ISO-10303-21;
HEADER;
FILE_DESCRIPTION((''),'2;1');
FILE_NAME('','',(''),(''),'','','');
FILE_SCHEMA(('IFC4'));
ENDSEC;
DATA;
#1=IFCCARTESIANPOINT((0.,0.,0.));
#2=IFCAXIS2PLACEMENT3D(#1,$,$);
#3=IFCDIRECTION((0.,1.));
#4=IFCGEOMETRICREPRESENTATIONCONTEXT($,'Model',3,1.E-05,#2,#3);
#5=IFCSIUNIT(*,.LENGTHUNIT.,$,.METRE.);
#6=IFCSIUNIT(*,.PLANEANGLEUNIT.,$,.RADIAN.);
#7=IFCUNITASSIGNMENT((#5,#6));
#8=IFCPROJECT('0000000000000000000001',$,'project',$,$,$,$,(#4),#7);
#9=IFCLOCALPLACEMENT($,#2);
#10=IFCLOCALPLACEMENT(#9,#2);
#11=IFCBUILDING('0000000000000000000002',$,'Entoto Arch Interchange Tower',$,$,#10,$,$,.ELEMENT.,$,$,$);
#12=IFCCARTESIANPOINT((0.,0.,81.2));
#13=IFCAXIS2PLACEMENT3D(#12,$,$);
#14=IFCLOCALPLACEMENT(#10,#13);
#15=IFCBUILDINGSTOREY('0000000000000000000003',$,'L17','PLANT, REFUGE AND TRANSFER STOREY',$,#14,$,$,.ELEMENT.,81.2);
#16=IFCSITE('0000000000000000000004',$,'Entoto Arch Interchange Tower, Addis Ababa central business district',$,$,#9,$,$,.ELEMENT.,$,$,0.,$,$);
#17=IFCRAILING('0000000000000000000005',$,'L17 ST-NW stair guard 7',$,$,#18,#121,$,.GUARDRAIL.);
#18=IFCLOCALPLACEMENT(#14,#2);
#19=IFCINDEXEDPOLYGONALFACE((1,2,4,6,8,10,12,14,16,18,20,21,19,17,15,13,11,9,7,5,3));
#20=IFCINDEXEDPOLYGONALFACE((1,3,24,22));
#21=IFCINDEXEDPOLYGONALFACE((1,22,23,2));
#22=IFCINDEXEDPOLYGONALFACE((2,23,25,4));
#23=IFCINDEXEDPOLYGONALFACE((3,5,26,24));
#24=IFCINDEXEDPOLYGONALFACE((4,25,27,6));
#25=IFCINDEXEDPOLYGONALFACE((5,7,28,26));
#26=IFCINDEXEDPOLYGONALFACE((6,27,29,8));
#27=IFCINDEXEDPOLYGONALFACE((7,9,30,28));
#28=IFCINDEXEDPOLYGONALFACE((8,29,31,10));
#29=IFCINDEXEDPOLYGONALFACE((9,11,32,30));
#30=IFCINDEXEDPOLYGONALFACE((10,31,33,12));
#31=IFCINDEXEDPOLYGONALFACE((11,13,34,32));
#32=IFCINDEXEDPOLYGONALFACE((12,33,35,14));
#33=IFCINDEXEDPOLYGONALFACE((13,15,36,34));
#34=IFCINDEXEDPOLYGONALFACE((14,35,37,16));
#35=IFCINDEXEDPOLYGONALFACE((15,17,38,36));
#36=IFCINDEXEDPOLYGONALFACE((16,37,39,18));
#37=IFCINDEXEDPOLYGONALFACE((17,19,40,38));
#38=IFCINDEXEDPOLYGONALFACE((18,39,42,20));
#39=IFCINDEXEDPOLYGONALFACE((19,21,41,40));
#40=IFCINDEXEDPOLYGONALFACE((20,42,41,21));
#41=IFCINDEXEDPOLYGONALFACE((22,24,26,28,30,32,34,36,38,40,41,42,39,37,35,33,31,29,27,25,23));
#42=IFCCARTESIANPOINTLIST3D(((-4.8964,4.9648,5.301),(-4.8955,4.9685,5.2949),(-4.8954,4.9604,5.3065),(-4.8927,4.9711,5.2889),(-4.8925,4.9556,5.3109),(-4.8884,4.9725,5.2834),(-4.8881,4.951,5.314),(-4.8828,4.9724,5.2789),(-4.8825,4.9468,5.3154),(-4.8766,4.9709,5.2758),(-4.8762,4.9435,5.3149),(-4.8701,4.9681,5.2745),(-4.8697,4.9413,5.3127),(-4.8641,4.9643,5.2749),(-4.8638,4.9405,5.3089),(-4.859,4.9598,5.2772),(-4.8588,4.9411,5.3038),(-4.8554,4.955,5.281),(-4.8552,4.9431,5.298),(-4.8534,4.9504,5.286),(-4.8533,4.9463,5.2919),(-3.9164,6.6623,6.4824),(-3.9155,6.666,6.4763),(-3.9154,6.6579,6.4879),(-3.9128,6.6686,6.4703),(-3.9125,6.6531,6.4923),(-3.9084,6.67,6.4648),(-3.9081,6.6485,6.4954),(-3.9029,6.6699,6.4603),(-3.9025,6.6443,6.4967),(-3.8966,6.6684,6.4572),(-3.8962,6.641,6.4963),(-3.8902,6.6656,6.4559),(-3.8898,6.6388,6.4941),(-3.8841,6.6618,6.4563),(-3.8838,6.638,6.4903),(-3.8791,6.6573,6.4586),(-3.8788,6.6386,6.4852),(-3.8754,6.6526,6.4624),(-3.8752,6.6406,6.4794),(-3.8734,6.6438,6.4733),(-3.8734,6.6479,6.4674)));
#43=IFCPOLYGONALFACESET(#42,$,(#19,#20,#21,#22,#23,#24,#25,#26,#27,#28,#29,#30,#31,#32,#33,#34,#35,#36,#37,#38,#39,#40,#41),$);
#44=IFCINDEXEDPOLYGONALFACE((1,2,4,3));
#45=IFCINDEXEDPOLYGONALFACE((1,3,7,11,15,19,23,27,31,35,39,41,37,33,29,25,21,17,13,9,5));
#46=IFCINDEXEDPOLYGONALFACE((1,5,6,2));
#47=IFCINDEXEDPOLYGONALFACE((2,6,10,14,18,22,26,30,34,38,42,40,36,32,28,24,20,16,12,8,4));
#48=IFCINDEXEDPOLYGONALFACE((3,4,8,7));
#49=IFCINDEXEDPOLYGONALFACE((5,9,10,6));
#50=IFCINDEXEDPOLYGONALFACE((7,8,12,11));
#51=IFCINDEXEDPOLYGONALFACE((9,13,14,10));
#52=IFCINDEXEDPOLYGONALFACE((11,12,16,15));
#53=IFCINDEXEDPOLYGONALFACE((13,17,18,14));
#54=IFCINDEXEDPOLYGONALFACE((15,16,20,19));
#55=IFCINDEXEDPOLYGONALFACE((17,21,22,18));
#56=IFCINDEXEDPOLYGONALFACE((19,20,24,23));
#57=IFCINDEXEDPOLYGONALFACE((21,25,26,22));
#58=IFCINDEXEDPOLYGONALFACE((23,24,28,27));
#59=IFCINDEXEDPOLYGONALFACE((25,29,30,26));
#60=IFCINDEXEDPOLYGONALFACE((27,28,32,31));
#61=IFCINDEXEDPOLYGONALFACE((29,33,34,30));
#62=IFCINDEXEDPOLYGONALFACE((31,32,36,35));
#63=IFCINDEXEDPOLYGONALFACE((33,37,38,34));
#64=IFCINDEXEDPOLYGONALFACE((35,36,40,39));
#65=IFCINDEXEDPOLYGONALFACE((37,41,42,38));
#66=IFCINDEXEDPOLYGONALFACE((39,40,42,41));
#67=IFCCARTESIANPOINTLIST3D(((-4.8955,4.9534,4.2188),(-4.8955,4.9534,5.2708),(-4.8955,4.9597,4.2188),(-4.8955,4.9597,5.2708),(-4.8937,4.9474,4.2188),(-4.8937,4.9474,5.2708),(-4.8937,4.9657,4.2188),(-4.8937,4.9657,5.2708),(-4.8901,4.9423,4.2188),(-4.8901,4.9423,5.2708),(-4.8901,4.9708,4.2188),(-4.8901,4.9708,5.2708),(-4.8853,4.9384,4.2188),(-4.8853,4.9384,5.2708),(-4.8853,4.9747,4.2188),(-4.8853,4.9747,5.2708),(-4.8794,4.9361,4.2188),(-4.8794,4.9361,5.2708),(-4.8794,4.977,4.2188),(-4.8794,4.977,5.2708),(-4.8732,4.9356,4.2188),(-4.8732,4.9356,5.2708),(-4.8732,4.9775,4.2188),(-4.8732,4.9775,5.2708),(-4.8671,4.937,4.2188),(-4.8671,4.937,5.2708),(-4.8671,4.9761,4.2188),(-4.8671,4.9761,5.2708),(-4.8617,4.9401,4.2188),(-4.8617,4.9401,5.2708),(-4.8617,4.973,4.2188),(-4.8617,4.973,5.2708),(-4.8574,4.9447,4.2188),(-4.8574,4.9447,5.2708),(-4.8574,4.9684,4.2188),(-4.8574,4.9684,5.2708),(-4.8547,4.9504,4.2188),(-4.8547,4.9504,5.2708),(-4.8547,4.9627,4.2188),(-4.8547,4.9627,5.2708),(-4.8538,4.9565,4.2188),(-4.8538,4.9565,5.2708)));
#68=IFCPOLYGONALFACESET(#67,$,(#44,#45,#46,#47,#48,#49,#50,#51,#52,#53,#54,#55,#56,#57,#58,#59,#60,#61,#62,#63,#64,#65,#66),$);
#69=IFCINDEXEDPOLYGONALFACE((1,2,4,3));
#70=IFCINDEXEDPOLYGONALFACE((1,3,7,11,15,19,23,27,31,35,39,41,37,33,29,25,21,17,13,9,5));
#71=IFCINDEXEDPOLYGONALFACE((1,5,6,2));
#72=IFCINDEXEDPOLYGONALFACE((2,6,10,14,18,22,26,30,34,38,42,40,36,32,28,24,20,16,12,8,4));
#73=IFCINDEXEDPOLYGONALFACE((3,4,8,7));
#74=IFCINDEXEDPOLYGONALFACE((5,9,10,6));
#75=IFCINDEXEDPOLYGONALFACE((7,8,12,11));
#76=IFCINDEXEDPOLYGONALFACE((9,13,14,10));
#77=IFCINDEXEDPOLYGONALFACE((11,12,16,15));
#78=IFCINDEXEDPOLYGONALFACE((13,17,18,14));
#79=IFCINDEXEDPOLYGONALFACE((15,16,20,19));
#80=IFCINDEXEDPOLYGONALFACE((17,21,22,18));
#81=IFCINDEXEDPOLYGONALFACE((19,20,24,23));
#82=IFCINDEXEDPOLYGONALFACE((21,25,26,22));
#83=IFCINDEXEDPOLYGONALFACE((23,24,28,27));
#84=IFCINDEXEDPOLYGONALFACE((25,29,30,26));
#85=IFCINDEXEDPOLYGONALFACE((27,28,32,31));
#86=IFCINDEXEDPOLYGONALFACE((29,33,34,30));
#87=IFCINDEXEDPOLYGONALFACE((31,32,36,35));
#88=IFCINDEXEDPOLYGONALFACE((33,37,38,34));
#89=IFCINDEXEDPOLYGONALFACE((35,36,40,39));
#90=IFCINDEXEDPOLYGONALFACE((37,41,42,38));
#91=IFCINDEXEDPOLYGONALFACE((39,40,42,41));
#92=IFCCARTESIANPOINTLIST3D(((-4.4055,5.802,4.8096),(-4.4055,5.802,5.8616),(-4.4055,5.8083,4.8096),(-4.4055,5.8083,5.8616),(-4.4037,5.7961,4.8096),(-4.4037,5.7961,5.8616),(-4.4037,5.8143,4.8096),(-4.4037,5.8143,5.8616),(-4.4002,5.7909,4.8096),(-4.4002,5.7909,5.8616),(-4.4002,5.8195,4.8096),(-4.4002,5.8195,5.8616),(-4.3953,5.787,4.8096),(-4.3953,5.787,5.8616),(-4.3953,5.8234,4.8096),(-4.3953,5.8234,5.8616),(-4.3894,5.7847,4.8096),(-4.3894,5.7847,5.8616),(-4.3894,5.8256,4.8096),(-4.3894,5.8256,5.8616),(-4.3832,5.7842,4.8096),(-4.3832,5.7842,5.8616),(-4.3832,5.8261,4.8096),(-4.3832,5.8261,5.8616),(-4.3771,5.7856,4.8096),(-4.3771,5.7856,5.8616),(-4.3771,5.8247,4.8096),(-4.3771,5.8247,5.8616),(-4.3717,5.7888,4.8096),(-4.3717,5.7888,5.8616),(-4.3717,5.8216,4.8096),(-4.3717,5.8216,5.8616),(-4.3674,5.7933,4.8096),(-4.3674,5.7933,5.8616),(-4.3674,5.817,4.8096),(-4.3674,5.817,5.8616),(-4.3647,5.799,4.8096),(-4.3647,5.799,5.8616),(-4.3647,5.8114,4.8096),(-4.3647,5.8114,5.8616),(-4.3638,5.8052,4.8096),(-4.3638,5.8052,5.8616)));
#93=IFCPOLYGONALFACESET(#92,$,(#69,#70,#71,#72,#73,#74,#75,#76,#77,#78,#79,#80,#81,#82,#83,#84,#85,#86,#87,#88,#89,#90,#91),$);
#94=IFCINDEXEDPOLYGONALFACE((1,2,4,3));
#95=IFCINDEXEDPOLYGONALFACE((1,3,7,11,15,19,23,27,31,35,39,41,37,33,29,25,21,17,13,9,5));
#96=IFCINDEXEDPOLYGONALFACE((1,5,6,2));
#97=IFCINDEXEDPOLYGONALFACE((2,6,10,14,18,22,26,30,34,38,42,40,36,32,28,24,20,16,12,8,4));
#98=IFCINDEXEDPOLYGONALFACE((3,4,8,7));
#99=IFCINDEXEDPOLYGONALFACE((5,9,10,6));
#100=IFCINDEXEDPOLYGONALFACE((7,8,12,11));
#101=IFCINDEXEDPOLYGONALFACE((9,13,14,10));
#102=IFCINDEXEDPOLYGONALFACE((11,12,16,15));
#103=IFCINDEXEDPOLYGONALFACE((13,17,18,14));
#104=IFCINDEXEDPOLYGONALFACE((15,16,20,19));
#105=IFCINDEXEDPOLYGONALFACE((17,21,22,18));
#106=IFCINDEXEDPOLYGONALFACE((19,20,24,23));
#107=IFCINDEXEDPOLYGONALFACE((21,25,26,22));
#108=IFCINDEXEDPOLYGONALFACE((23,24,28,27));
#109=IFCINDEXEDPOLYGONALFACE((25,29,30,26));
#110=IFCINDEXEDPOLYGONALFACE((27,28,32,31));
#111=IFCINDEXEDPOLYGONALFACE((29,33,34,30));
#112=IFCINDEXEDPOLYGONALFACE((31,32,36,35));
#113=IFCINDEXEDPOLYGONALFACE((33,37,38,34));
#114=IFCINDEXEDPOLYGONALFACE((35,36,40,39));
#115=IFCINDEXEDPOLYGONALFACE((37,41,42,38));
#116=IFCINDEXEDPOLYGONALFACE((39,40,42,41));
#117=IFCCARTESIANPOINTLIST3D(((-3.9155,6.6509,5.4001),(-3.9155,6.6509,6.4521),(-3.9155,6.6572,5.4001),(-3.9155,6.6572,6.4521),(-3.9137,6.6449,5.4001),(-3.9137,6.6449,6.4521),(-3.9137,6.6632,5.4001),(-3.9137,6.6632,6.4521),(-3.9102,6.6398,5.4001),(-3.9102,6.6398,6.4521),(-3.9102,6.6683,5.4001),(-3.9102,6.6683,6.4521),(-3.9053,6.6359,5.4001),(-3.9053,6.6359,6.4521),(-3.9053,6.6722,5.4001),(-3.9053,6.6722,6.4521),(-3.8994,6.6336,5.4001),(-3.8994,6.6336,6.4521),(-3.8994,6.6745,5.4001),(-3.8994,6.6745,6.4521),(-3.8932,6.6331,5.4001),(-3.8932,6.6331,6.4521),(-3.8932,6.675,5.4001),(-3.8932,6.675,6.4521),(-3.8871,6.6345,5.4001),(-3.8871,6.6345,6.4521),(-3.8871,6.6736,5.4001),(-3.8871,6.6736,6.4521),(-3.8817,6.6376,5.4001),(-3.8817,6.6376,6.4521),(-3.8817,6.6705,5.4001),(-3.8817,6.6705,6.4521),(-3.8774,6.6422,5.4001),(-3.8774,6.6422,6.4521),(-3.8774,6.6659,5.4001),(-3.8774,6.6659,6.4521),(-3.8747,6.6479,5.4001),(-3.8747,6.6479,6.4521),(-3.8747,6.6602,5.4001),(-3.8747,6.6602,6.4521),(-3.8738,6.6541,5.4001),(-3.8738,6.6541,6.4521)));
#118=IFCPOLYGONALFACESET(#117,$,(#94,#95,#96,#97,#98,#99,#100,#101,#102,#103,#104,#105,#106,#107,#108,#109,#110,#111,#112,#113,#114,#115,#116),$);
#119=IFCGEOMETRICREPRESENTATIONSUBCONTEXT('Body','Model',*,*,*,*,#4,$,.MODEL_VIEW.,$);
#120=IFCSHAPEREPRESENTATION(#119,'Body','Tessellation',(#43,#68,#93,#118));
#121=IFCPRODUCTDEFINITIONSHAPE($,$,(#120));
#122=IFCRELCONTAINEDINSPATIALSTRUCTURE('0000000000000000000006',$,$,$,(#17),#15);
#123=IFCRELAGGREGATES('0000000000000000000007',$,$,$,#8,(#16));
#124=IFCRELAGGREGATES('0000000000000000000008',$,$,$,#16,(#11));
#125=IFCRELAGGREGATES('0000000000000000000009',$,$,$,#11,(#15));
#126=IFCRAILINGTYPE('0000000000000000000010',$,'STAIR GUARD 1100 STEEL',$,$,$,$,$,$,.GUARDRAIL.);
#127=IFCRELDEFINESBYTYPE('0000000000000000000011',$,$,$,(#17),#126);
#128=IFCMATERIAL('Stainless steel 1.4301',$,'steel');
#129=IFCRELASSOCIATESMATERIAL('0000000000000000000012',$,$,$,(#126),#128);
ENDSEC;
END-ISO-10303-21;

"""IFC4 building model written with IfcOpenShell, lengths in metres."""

from ifc_helpers import new_model, si_unit, direction, frame, origin, origin_2d, place, context, subcontext, project, spatial, circle, extrude, material, type_object, element, save


model = new_model("IFC4")

# Units and contexts
model_context = context("Model", 3, precision=1e-05, world=origin(), true_north=direction((0.0, 1.0)))
body_context = subcontext(model_context, "Body", "Model", "MODEL_VIEW")
ifc_project = project(units=[si_unit("LENGTHUNIT", "METRE"), si_unit("PLANEANGLEUNIT", "RADIAN")], contexts=[model_context])

# Site, building, storey
site_placement = place(None, origin())
site = spatial("IfcSite", under=ifc_project, at=site_placement, Name="Entoto Arch Interchange Tower, Addis Ababa central business district", CompositionType="ELEMENT", RefElevation=0.0)
building_placement = place(site_placement, origin())
building = spatial("IfcBuilding", under=site, at=building_placement, Name="Entoto Arch Interchange Tower", CompositionType="ELEMENT")
storey_placement = place(building_placement, frame((0.0, 0.0, 81.2)))
storey = spatial("IfcBuildingStorey", under=building, at=storey_placement, Name="L17", Description="PLANT, REFUGE AND TRANSFER STOREY", CompositionType="ELEMENT", Elevation=81.2)

# Railing
ifc_material_1 = material(Name="Stainless steel 1.4301", Category="steel")
railing_type_1 = type_object("IfcRailingType", Name="STAIR GUARD 1100 STEEL", PredefinedType="GUARDRAIL", material=ifc_material_1)
railing_1_placement = place(storey_placement, frame((-4.8748, 4.9565, 4.2188)))
element("IfcRailing", 1, at=railing_1_placement, inside=storey, type_object=railing_type_1, Name="L17 ST-NW stair guard 7", PredefinedType="GUARDRAIL", context=body_context, shape_type="SweptSolid", body=[
    extrude(circle(Radius=0.0239, at=origin_2d()), frame((0.0, 0.0, 1.0762), z_axis=(0.428205, 0.741731, 0.516214), x_axis=(-0.866042, 0.49997, 0.0)), (0.0, 0.0, 1.0), 2.2886),
    extrude(circle(Radius=0.021, at=origin_2d()), origin(), (0.0, 0.0, 1.0), 1.052),
    extrude(circle(Radius=0.021, at=origin_2d()), frame((0.49, 0.8486, 0.5908)), (0.0, 0.0, 1.0), 1.052),
    extrude(circle(Radius=0.021, at=origin_2d()), frame((0.98, 1.6975, 1.1814)), (0.0, 0.0, 1.0), 1.052),
])

save(model, "model.ifc")
